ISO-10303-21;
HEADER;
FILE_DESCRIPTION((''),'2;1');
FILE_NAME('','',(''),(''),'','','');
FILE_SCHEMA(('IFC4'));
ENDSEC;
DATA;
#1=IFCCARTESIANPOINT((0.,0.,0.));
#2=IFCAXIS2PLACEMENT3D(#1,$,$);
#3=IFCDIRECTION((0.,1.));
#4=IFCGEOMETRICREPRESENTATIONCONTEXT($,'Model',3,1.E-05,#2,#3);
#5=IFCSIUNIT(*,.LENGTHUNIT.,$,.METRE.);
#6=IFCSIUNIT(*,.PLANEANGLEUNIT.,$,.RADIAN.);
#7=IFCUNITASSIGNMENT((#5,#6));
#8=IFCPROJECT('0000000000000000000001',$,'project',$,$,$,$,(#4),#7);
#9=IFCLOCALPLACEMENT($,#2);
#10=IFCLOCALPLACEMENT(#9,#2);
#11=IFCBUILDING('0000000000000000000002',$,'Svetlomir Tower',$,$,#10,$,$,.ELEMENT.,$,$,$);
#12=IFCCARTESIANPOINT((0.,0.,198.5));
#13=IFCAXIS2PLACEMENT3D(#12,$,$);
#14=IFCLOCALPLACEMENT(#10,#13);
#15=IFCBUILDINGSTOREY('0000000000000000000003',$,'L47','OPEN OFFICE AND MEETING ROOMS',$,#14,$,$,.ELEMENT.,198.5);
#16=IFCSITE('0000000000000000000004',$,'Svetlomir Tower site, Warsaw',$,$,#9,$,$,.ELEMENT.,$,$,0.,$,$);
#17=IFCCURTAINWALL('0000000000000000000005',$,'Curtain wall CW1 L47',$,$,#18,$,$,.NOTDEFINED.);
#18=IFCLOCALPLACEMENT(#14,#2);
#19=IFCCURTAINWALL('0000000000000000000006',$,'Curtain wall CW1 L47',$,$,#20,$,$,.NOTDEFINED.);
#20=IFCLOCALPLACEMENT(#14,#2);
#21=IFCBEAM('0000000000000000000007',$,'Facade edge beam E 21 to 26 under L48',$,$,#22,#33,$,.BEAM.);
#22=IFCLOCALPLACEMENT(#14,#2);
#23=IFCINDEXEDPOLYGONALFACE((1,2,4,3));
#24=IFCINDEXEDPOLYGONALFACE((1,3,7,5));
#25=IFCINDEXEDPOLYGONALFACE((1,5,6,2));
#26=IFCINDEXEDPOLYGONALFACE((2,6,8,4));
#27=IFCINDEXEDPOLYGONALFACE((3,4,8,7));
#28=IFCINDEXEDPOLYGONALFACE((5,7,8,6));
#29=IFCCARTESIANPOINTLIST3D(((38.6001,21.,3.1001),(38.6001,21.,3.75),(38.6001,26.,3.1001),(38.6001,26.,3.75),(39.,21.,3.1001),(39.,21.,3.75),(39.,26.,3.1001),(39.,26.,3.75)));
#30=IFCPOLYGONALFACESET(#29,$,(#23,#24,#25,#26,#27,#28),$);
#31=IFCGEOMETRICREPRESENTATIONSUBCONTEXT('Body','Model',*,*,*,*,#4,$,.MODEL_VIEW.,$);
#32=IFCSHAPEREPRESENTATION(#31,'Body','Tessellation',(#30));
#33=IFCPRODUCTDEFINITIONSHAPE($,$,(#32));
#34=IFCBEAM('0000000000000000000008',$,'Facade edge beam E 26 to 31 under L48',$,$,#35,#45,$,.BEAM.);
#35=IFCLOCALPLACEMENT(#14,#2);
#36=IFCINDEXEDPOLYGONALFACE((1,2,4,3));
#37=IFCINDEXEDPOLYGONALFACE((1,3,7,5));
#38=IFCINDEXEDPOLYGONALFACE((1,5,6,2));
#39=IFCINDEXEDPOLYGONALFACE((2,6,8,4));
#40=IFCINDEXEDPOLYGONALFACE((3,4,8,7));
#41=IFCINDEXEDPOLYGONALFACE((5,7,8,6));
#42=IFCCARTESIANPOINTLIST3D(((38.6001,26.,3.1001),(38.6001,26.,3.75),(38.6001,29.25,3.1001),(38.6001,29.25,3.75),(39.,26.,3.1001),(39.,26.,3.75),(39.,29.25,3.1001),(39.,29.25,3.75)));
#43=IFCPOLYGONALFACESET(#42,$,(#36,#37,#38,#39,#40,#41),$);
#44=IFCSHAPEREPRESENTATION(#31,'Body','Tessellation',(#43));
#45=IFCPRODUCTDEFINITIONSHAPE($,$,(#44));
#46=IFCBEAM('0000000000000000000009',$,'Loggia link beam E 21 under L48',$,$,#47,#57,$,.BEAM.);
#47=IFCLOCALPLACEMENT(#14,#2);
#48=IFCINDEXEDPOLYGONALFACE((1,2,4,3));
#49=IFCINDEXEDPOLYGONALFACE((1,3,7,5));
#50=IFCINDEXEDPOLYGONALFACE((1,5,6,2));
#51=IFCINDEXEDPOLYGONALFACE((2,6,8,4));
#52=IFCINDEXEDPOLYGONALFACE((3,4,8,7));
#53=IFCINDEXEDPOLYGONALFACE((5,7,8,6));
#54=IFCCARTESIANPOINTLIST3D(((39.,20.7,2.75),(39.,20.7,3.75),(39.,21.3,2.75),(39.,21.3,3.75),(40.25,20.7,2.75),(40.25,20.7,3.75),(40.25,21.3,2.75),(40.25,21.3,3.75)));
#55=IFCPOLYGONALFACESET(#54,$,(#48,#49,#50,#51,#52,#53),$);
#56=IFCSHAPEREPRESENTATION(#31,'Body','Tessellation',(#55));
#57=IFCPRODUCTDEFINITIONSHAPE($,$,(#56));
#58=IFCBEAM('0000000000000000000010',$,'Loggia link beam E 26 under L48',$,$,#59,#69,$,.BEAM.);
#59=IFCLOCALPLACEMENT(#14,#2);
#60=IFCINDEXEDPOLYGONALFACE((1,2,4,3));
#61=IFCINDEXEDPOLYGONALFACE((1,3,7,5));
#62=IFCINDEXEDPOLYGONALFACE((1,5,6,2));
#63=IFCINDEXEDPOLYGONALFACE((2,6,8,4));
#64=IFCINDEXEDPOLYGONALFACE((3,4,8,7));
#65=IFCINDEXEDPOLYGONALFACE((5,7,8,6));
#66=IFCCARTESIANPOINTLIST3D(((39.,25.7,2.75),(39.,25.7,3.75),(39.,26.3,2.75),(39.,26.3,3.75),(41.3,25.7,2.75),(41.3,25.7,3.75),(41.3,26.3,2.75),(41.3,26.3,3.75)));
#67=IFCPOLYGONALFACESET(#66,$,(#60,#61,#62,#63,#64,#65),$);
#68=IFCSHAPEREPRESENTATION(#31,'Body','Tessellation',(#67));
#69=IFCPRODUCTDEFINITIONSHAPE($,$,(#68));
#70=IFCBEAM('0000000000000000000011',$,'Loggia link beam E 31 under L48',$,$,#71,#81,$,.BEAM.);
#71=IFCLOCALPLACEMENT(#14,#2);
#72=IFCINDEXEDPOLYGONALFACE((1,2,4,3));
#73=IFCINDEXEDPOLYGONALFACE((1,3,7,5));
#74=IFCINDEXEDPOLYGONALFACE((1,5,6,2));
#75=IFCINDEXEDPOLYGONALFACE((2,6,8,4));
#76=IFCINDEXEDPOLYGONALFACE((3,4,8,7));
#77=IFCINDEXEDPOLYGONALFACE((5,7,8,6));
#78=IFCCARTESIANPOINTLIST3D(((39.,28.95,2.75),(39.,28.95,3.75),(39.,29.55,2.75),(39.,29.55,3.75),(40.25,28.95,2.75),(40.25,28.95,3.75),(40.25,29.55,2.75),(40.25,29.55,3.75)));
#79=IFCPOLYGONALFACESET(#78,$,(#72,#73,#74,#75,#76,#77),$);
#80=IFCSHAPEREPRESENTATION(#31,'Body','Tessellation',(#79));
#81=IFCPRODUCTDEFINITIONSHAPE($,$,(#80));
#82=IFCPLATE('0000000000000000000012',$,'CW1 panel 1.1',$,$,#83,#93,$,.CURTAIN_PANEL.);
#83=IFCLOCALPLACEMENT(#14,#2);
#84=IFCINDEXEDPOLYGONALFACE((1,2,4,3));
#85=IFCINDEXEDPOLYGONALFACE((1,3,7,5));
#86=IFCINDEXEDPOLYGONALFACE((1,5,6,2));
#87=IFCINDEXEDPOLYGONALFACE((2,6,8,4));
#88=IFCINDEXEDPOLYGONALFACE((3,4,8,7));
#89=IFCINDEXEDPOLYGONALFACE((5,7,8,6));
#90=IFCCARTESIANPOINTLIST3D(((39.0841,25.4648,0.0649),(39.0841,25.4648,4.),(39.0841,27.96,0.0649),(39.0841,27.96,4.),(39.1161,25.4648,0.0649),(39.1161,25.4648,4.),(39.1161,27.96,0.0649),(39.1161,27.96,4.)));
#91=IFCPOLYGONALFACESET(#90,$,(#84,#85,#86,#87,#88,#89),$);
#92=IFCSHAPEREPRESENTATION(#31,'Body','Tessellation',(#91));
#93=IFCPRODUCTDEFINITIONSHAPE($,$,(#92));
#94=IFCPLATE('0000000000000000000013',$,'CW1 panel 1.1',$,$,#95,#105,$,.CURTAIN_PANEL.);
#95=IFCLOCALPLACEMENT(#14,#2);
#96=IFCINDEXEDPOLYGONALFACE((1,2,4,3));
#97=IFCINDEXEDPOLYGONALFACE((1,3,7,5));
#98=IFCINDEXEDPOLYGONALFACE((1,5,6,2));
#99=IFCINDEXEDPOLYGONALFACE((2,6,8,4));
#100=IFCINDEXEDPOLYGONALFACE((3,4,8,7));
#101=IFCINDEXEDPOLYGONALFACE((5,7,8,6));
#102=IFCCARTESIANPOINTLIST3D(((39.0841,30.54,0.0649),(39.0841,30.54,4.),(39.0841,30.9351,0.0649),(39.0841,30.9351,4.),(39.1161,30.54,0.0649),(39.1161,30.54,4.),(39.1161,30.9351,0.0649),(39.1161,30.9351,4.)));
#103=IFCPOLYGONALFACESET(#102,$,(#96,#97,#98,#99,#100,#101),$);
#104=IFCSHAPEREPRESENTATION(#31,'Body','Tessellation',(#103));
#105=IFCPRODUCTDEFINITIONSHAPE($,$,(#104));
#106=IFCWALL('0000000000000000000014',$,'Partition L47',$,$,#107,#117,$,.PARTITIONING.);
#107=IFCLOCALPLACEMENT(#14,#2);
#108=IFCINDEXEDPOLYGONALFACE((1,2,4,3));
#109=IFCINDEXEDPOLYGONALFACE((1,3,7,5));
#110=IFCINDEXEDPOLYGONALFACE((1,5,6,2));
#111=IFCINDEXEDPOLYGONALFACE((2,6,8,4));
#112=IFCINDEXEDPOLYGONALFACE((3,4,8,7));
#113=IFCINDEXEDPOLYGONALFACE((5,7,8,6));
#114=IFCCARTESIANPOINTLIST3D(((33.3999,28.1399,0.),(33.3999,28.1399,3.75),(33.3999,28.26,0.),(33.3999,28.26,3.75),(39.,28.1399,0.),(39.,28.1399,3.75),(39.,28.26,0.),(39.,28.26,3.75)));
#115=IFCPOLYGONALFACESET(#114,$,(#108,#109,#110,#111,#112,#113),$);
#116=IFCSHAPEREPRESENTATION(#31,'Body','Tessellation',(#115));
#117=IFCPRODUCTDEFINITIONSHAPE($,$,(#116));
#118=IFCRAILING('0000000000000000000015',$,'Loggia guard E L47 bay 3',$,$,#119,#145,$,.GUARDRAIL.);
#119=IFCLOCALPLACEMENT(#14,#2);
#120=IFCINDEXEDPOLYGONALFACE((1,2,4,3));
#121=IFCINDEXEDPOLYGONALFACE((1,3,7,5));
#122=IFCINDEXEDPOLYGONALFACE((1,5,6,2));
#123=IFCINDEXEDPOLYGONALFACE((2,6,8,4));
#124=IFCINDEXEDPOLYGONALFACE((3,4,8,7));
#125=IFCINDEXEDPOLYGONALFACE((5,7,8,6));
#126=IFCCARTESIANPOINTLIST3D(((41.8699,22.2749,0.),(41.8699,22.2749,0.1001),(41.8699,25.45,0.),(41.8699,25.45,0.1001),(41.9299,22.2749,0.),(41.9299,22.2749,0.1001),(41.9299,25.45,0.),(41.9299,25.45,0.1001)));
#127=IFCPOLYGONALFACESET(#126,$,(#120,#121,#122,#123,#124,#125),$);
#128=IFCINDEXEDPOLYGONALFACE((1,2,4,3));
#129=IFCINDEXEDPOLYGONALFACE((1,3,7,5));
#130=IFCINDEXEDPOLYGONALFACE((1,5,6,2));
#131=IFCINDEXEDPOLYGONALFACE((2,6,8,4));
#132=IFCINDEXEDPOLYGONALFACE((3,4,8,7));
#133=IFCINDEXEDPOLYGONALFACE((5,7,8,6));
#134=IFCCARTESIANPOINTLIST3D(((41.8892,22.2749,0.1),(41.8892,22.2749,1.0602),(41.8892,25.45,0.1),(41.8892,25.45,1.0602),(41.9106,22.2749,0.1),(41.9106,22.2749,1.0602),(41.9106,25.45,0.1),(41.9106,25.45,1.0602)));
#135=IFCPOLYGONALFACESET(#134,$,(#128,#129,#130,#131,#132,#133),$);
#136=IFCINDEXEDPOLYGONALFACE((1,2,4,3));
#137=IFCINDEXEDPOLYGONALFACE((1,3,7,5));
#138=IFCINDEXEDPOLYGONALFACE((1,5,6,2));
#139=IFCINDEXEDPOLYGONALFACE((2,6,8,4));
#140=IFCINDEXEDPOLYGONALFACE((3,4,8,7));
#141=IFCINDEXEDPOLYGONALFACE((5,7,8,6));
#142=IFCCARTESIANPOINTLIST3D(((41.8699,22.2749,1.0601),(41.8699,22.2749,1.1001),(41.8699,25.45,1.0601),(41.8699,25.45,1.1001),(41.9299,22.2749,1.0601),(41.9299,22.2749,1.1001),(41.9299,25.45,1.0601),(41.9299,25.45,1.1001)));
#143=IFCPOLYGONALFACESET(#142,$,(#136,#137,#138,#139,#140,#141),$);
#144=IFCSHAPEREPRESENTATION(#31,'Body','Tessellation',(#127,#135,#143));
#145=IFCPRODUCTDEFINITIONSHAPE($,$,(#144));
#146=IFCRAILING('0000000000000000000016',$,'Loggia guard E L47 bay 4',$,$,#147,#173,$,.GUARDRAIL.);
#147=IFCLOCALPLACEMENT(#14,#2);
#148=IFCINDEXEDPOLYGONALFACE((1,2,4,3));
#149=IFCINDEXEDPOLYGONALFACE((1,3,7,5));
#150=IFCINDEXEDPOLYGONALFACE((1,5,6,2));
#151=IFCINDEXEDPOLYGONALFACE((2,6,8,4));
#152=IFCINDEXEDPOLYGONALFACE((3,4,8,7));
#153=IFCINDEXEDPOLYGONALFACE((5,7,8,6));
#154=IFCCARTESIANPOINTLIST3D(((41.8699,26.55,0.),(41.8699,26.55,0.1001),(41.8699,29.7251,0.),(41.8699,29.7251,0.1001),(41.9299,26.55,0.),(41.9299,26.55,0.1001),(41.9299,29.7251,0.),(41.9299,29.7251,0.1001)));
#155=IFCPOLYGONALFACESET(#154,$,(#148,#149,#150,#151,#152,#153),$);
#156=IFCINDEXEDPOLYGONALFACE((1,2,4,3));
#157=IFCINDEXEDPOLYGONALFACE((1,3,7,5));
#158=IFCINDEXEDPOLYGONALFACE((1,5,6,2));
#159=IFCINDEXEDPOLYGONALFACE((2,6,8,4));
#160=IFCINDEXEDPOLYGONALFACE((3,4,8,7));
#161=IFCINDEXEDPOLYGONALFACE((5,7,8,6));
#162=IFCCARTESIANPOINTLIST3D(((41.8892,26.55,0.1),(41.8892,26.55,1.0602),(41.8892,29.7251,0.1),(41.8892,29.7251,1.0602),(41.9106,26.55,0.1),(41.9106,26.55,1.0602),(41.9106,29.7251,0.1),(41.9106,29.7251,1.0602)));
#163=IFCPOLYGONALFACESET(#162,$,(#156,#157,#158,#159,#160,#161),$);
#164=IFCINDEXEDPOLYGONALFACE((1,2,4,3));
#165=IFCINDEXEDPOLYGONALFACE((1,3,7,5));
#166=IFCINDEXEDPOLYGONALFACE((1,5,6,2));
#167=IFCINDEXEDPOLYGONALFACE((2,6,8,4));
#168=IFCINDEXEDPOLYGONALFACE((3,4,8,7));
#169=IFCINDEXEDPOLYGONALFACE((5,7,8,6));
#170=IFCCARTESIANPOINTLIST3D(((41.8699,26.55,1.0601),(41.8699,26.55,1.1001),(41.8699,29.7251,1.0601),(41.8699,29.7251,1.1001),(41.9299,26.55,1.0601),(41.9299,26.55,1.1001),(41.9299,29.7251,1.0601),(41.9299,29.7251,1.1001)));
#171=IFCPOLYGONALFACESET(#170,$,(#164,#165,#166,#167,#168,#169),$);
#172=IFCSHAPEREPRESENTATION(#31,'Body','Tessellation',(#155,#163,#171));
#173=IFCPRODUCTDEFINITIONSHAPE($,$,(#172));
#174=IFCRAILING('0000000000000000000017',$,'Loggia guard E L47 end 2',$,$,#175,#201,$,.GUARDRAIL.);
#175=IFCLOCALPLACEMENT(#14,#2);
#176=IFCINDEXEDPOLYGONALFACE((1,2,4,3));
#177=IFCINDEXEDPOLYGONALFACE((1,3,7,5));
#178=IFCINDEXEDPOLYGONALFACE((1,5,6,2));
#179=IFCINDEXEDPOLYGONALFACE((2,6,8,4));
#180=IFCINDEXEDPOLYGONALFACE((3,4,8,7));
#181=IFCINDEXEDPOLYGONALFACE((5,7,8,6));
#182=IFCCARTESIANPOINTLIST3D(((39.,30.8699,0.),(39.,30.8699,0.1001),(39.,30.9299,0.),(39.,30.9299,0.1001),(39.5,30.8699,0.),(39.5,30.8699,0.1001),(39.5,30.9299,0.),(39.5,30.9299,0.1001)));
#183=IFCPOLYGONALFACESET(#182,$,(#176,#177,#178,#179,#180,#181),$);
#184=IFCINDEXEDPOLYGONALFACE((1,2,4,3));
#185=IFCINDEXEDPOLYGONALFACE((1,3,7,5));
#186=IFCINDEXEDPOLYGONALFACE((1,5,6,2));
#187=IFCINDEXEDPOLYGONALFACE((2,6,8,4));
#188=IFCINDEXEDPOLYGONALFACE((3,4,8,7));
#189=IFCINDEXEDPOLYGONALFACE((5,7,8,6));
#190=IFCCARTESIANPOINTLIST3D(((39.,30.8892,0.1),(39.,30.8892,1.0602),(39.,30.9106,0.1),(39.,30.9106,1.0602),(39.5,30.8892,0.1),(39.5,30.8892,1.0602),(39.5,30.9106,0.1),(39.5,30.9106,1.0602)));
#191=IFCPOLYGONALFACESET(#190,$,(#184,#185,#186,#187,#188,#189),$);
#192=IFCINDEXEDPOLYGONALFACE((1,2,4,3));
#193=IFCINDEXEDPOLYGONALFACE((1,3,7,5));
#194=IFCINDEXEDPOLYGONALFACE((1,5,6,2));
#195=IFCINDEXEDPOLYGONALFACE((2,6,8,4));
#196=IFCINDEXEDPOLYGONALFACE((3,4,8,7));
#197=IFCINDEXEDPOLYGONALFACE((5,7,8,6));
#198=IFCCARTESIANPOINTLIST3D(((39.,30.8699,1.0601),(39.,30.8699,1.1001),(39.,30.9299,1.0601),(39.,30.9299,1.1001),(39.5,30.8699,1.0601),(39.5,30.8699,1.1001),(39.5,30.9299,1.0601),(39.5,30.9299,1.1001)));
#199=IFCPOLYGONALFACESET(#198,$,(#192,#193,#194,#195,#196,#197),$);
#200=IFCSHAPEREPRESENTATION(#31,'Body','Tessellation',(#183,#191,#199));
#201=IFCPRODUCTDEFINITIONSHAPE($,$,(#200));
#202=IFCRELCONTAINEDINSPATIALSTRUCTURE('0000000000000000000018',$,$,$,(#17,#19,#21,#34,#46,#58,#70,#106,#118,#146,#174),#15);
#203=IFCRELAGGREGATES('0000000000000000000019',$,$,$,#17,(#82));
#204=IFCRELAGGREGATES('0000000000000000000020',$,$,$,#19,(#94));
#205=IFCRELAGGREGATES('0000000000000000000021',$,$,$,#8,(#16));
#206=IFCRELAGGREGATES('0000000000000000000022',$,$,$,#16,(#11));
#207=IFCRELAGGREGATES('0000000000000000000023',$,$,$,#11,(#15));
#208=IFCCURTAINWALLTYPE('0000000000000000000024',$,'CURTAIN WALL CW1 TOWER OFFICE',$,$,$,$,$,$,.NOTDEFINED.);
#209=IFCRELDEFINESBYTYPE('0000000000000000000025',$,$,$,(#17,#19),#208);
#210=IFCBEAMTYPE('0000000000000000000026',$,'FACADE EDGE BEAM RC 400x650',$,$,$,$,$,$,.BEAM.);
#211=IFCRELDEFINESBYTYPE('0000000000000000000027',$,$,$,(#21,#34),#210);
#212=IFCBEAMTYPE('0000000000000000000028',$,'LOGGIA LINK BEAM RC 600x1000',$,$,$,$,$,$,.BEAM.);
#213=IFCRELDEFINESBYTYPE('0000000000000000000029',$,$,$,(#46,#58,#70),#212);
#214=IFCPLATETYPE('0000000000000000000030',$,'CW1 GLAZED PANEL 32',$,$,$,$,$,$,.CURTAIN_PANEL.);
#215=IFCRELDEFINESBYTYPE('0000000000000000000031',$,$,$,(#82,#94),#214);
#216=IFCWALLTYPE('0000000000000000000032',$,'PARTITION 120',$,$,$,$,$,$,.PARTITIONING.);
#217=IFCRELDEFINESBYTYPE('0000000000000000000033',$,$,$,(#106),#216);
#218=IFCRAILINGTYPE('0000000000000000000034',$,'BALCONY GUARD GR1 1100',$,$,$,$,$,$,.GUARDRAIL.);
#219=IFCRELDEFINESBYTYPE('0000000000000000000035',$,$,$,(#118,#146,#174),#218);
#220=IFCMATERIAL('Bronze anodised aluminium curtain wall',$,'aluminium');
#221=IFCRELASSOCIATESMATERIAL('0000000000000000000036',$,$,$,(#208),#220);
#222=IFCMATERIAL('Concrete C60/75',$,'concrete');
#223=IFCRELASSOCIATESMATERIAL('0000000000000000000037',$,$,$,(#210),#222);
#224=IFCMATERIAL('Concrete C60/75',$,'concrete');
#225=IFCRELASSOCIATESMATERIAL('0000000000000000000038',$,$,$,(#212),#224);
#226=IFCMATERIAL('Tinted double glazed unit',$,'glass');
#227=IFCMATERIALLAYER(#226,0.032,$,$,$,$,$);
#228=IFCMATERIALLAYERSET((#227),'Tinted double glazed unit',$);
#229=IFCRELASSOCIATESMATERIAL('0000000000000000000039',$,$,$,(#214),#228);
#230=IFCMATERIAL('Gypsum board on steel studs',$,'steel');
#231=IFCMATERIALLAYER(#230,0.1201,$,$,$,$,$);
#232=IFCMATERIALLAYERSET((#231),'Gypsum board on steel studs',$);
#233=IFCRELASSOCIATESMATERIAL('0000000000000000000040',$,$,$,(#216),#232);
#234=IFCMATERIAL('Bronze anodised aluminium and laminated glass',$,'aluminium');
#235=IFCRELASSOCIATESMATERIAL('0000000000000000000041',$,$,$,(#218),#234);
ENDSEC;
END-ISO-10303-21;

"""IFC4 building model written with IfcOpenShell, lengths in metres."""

from ifc_helpers import new_model, si_unit, direction, frame, frame_2d, origin, origin_2d, place, context, subcontext, project, spatial, rectangle, extrude, material, layer, layer_set, material_profile, profile_set, type_object, element, aggregate, save


model = new_model("IFC4")

# Units and contexts
model_context = context("Model", 3, precision=1e-05, world=origin(), true_north=direction((0.0, 1.0)))
body_context = subcontext(model_context, "Body", "Model", "MODEL_VIEW")
ifc_project = project(units=[si_unit("LENGTHUNIT", "METRE"), si_unit("PLANEANGLEUNIT", "RADIAN")], contexts=[model_context])

# Site, building, storey
site_placement = place(None, origin())
site = spatial("IfcSite", under=ifc_project, at=site_placement, Name="Svetlomir Tower site, Warsaw", CompositionType="ELEMENT", RefElevation=0.0)
building_placement = place(site_placement, origin())
building = spatial("IfcBuilding", under=site, at=building_placement, Name="Svetlomir Tower", CompositionType="ELEMENT")
storey_placement = place(building_placement, frame((0.0, 0.0, 198.5)))
storey = spatial("IfcBuildingStorey", under=building, at=storey_placement, Name="L47", Description="OPEN OFFICE AND MEETING ROOMS", CompositionType="ELEMENT", Elevation=198.5)

# Shared definitions
ifc_material_1 = material(Name="Bronze anodised aluminium curtain wall", Category="aluminium")
curtain_wall_type = type_object("IfcCurtainWallType", Name="CURTAIN WALL CW1 TOWER OFFICE", PredefinedType="NOTDEFINED", material=ifc_material_1)

# Curtain walls
curtain_wall_1_placement = place(storey_placement, origin())
curtain_wall_1 = element("IfcCurtainWall", 1, at=curtain_wall_1_placement, inside=storey, type_object=curtain_wall_type, Name="Curtain wall CW1 L47", PredefinedType="NOTDEFINED")
curtain_wall_2_placement = place(storey_placement, origin())
curtain_wall_2 = element("IfcCurtainWall", 2, at=curtain_wall_2_placement, inside=storey, type_object=curtain_wall_type, Name="Curtain wall CW1 L47", PredefinedType="NOTDEFINED")

# Beams
ifc_material_2 = material(Name="Concrete C60/75", Category="concrete")
ifc_material_profile_1 = material_profile(ifc_material_2, rectangle(XDim=0.3999, YDim=0.6499, at=origin_2d()), Name="RC 400x650")
ifc_profile_set_1 = profile_set([ifc_material_profile_1], Name="Concrete C60/75")
beam_type_1 = type_object("IfcBeamType", Name="FACADE EDGE BEAM RC 400x650", PredefinedType="BEAM", material=ifc_profile_set_1)
beam_1_placement = place(storey_placement, frame((38.8, 21.0, 3.425), z_axis=(0.0, 1.0, 0.0), x_axis=(-1.0, 0.0, 0.0)))
element("IfcBeam", 3, at=beam_1_placement, inside=storey, type_object=beam_type_1, Name="Facade edge beam E 21 to 26 under L48", PredefinedType="BEAM", context=body_context, shape_type="SweptSolid", body=[
    extrude(rectangle(XDim=0.3999, YDim=0.6499, at=origin_2d()), origin(), (0.0, 0.0, 1.0), 5.0),
])
beam_2_placement = place(storey_placement, frame((38.8, 26.0, 3.425), z_axis=(0.0, 1.0, 0.0), x_axis=(-1.0, 0.0, 0.0)))
element("IfcBeam", 4, at=beam_2_placement, inside=storey, type_object=beam_type_1, Name="Facade edge beam E 26 to 31 under L48", PredefinedType="BEAM", context=body_context, shape_type="SweptSolid", body=[
    extrude(rectangle(XDim=0.3999, YDim=0.6499, at=origin_2d()), origin(), (0.0, 0.0, 1.0), 3.25),
])
ifc_material_3 = material(Name="Concrete C60/75", Category="concrete")
ifc_material_profile_2 = material_profile(ifc_material_3, rectangle(XDim=0.6001, YDim=1.0, at=origin_2d()), Name="RC 600x1000")
ifc_profile_set_2 = profile_set([ifc_material_profile_2], Name="Concrete C60/75")
beam_type_2 = type_object("IfcBeamType", Name="LOGGIA LINK BEAM RC 600x1000", PredefinedType="BEAM", material=ifc_profile_set_2)
beam_3_placement = place(storey_placement, frame((40.25, 21.0, 3.25), z_axis=(-1.0, 0.0, 0.0), x_axis=(0.0, -1.0, 0.0)))
element("IfcBeam", 5, at=beam_3_placement, inside=storey, type_object=beam_type_2, Name="Loggia link beam E 21 under L48", PredefinedType="BEAM", context=body_context, shape_type="SweptSolid", body=[
    extrude(rectangle(XDim=0.6001, YDim=1.0, at=origin_2d()), origin(), (0.0, 0.0, 1.0), 1.25),
])
beam_4_placement = place(storey_placement, frame((41.3, 26.0, 3.25), z_axis=(-1.0, 0.0, 0.0), x_axis=(0.0, -1.0, 0.0)))
element("IfcBeam", 6, at=beam_4_placement, inside=storey, type_object=beam_type_2, Name="Loggia link beam E 26 under L48", PredefinedType="BEAM", context=body_context, shape_type="SweptSolid", body=[
    extrude(rectangle(XDim=0.6001, YDim=1.0, at=origin_2d()), origin(), (0.0, 0.0, 1.0), 2.3),
])
beam_5_placement = place(storey_placement, frame((40.25, 29.25, 3.25), z_axis=(-1.0, 0.0, 0.0), x_axis=(0.0, -1.0, 0.0)))
element("IfcBeam", 7, at=beam_5_placement, inside=storey, type_object=beam_type_2, Name="Loggia link beam E 31 under L48", PredefinedType="BEAM", context=body_context, shape_type="SweptSolid", body=[
    extrude(rectangle(XDim=0.6001, YDim=1.0, at=origin_2d()), origin(), (0.0, 0.0, 1.0), 1.25),
])

# Plates
ifc_material_4 = material(Name="Tinted double glazed unit", Category="glass")
ifc_layer_1 = layer(ifc_material_4, 0.032)
ifc_layer_set_1 = layer_set([ifc_layer_1], Name="Tinted double glazed unit")
plate_type = type_object("IfcPlateType", Name="CW1 GLAZED PANEL 32", PredefinedType="CURTAIN_PANEL", material=ifc_layer_set_1)
plate_1_placement = place(storey_placement, frame((39.1001, 26.7124, 0.0649), z_axis=(0.0, 0.0, 1.0), x_axis=(0.0, 1.0, 0.0)))
plate_1 = element("IfcPlate", 8, at=plate_1_placement, type_object=plate_type, Name="CW1 panel 1.1", PredefinedType="CURTAIN_PANEL", context=body_context, shape_type="SweptSolid", body=[
    extrude(rectangle(XDim=2.4951, YDim=0.032, at=origin_2d()), origin(), (0.0, 0.0, 1.0), 3.9351),
])
aggregate(curtain_wall_1, [plate_1])
plate_2_placement = place(storey_placement, frame((39.1001, 30.7375, 0.0649), z_axis=(0.0, 0.0, 1.0), x_axis=(0.0, 1.0, 0.0)))
plate_2 = element("IfcPlate", 9, at=plate_2_placement, type_object=plate_type, Name="CW1 panel 1.1", PredefinedType="CURTAIN_PANEL", context=body_context, shape_type="SweptSolid", body=[
    extrude(rectangle(XDim=0.395, YDim=0.032, at=origin_2d()), origin(), (0.0, 0.0, 1.0), 3.9351),
])
aggregate(curtain_wall_2, [plate_2])

# Wall
ifc_material_5 = material(Name="Gypsum board on steel studs", Category="steel")
ifc_layer_2 = layer(ifc_material_5, 0.1201)
ifc_layer_set_2 = layer_set([ifc_layer_2], Name="Gypsum board on steel studs")
wall_type_1 = type_object("IfcWallType", Name="PARTITION 120", PredefinedType="PARTITIONING", material=ifc_layer_set_2)
wall_1_placement = place(storey_placement, frame((33.3999, 28.2, 0.0), z_axis=(0.0, 0.0, 1.0), x_axis=(1.0, 0.0, 0.0)))
element("IfcWall", 10, at=wall_1_placement, inside=storey, type_object=wall_type_1, Name="Partition L47", PredefinedType="PARTITIONING", context=body_context, shape_type="SweptSolid", body=[
    extrude(rectangle(XDim=5.6001, YDim=0.1201, at=frame_2d((2.8, 0.0))), origin(), (0.0, 0.0, 1.0), 3.75),
])

# Railings
ifc_material_6 = material(Name="Bronze anodised aluminium and laminated glass", Category="aluminium")
railing_type_1 = type_object("IfcRailingType", Name="BALCONY GUARD GR1 1100", PredefinedType="GUARDRAIL", material=ifc_material_6)
for number, where, name in (
    (11, (41.8999, 22.2749, 0.0), "Loggia guard E L47 bay 3"),
    (12, (41.8999, 26.55, 0.0), "Loggia guard E L47 bay 4"),
):
    element("IfcRailing", number, at=place(storey_placement, frame(where)), inside=storey, type_object=railing_type_1, Name=name, PredefinedType="GUARDRAIL", context=body_context, shape_type="SweptSolid", body=[
        extrude(rectangle(XDim=0.0601, YDim=0.1001, at=origin_2d()), frame((0.0, 0.0, 0.05), z_axis=(0.0, 1.0, 0.0), x_axis=(-1.0, 0.0, 0.0)), (0.0, 0.0, 1.0), 3.175),
        extrude(rectangle(XDim=0.0215, YDim=0.9602, at=origin_2d()), frame((0.0, 0.0, 0.5801), z_axis=(0.0, 1.0, 0.0), x_axis=(-1.0, 0.0, 0.0)), (0.0, 0.0, 1.0), 3.175),
        extrude(rectangle(XDim=0.0601, YDim=0.04, at=origin_2d()), frame((0.0, 0.0, 1.0801), z_axis=(0.0, 1.0, 0.0), x_axis=(-1.0, 0.0, 0.0)), (0.0, 0.0, 1.0), 3.175),
    ])
railing_1_placement = place(storey_placement, frame((39.5, 30.8999, 0.0)))
element("IfcRailing", 13, at=railing_1_placement, inside=storey, type_object=railing_type_1, Name="Loggia guard E L47 end 2", PredefinedType="GUARDRAIL", context=body_context, shape_type="SweptSolid", body=[
    extrude(rectangle(XDim=0.0601, YDim=0.1001, at=origin_2d()), frame((0.0, 0.0, 0.05), z_axis=(-1.0, 0.0, 0.0), x_axis=(0.0, -1.0, 0.0)), (0.0, 0.0, 1.0), 0.5),
    extrude(rectangle(XDim=0.0215, YDim=0.9602, at=origin_2d()), frame((0.0, 0.0, 0.5801), z_axis=(-1.0, 0.0, 0.0), x_axis=(0.0, -1.0, 0.0)), (0.0, 0.0, 1.0), 0.5),
    extrude(rectangle(XDim=0.0601, YDim=0.04, at=origin_2d()), frame((0.0, 0.0, 1.0801), z_axis=(-1.0, 0.0, 0.0), x_axis=(0.0, -1.0, 0.0)), (0.0, 0.0, 1.0), 0.5),
])

save(model, "model.ifc")
